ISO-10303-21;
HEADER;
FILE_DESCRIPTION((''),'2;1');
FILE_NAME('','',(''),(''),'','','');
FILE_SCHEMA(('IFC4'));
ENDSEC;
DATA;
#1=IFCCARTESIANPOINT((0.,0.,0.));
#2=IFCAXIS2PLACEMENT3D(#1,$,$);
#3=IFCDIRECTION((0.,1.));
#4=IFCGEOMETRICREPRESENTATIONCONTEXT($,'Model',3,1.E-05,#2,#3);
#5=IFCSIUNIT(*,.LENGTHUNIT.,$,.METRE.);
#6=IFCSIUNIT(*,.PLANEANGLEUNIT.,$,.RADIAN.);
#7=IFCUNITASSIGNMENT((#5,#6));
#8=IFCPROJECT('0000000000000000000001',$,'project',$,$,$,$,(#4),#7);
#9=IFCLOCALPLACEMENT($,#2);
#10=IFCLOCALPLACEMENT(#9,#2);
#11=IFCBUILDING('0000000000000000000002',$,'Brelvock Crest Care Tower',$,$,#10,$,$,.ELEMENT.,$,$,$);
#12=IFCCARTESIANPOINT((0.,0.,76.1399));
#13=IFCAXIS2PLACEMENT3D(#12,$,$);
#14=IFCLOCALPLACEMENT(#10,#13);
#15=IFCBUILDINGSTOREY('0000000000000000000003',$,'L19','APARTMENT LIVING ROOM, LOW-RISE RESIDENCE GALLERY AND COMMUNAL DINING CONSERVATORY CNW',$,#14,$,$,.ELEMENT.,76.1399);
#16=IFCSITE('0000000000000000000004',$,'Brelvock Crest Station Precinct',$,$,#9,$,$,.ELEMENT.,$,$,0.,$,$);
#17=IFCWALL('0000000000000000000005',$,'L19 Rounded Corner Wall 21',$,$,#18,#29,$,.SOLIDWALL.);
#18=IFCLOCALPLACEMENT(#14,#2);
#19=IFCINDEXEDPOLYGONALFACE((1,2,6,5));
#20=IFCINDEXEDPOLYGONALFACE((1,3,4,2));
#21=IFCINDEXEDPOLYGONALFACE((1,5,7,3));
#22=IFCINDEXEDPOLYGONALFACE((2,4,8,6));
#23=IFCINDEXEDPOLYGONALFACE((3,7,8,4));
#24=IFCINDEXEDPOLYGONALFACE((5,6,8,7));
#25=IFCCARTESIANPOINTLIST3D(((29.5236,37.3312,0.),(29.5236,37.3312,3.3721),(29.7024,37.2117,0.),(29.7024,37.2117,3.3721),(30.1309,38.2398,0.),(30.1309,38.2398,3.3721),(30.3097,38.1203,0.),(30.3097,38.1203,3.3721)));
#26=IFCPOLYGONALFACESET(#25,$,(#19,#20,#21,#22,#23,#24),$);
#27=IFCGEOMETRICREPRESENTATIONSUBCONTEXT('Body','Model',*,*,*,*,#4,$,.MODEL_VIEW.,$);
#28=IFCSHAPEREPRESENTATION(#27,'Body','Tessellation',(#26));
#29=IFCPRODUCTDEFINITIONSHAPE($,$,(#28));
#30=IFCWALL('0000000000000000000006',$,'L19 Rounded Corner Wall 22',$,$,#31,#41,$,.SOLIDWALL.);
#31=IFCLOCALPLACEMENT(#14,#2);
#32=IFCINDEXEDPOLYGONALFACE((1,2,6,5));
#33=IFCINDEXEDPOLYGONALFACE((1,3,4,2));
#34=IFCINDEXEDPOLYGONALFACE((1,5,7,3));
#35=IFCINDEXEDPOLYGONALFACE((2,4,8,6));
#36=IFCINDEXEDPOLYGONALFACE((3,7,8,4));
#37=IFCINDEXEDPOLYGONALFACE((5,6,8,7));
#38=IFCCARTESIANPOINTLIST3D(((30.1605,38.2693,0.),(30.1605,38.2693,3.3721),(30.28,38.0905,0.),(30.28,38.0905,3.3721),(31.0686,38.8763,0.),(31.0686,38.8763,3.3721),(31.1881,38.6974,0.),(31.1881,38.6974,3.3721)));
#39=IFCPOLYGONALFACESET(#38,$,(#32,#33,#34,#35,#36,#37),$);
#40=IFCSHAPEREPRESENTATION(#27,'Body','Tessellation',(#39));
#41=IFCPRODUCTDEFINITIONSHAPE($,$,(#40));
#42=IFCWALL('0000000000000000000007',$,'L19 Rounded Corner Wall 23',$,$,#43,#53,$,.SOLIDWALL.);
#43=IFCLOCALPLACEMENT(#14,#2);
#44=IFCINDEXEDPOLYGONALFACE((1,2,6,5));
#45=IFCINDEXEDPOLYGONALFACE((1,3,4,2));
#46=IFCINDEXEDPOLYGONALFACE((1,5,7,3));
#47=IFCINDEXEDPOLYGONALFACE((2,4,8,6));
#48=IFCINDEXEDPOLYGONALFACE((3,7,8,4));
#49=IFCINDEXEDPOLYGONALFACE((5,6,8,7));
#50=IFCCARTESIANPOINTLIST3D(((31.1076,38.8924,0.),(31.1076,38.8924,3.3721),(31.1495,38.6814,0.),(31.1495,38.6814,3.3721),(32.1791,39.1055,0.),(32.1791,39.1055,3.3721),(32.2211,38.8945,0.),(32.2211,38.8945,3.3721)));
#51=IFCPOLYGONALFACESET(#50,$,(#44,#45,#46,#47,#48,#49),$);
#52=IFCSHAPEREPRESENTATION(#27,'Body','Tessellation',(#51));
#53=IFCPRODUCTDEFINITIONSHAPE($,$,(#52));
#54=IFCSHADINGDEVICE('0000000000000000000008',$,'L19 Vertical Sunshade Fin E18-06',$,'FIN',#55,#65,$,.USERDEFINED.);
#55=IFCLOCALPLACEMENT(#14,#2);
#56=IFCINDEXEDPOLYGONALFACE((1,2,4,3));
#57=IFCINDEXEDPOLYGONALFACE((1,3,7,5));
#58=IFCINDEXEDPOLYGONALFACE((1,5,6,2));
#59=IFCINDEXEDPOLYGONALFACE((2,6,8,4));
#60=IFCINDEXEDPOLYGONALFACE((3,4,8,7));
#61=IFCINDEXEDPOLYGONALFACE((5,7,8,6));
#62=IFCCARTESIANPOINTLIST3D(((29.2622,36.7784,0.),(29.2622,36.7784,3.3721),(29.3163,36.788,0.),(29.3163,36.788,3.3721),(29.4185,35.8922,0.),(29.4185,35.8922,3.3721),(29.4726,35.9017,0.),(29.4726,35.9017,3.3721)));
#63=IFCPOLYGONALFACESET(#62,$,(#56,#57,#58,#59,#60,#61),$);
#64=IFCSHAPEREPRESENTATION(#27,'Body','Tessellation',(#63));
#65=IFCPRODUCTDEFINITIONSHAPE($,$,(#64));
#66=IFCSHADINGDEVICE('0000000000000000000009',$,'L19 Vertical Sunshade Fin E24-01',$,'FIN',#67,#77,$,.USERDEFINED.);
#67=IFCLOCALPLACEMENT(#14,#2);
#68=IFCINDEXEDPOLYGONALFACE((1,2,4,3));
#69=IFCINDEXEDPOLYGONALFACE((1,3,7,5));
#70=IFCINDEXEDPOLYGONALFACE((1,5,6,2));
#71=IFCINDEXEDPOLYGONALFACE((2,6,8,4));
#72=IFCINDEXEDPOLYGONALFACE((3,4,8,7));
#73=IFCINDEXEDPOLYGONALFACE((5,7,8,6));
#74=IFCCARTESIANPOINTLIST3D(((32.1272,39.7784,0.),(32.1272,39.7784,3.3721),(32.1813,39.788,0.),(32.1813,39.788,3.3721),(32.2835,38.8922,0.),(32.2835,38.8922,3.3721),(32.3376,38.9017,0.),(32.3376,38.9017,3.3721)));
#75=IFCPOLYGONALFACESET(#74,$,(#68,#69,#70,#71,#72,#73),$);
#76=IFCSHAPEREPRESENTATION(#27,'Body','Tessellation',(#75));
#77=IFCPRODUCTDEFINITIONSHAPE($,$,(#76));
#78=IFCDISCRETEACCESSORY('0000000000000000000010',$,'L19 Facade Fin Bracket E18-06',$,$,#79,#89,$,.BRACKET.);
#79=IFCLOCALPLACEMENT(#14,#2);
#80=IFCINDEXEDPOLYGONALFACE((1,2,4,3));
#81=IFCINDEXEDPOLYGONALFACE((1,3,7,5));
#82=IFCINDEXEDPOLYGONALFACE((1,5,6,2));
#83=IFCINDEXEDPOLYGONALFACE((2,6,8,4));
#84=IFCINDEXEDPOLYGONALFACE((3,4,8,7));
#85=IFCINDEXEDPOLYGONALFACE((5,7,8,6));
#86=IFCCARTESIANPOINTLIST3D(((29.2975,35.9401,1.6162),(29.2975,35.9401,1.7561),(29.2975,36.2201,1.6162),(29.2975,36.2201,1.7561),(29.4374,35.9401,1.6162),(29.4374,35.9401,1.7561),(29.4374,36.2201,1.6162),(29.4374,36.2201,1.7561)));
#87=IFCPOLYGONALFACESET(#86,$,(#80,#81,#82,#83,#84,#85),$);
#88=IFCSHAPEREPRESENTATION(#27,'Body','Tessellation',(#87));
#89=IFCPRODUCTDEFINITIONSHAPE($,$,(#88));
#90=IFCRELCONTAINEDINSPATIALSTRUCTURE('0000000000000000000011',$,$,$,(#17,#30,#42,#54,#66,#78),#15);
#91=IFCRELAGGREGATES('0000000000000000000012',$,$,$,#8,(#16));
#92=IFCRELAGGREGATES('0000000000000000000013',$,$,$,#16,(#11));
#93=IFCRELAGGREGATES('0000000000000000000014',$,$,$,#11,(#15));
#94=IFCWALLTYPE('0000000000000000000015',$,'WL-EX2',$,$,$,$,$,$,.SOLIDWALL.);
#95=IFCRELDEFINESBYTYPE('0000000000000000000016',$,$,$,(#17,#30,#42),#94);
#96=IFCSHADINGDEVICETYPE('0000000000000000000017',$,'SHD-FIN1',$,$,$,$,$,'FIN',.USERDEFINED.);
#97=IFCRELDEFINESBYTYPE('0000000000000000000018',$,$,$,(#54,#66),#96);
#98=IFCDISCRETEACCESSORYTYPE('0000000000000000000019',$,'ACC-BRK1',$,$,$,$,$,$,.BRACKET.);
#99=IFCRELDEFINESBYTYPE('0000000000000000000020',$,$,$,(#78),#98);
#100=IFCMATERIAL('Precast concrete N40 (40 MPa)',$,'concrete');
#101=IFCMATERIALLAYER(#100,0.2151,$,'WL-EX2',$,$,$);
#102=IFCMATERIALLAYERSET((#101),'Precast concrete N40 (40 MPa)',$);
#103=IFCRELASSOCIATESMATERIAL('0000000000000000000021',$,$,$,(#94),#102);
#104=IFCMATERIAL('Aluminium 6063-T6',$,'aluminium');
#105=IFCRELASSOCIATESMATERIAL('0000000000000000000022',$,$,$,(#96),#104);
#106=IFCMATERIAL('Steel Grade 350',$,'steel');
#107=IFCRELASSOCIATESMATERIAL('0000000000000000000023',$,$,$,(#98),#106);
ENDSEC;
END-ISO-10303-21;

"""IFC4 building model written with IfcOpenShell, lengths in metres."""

from ifc_helpers import new_model, si_unit, direction, frame, frame_2d, origin, origin_2d, place, context, subcontext, project, spatial, rectangle, extrude, source, transform, mapped, material, layer, layer_set, material_profile, profile_set, type_object, element, save


model = new_model("IFC4")

# Units and contexts
model_context = context("Model", 3, precision=1e-05, world=origin(), true_north=direction((0.0, 1.0)))
body_context = subcontext(model_context, "Body", "Model", "MODEL_VIEW")
ifc_project = project(units=[si_unit("LENGTHUNIT", "METRE"), si_unit("PLANEANGLEUNIT", "RADIAN")], contexts=[model_context])

# Site, building, storey
site_placement = place(None, origin())
site = spatial("IfcSite", under=ifc_project, at=site_placement, Name="Brelvock Crest Station Precinct", CompositionType="ELEMENT", RefElevation=0.0)
building_placement = place(site_placement, origin())
building = spatial("IfcBuilding", under=site, at=building_placement, Name="Brelvock Crest Care Tower", CompositionType="ELEMENT")
storey_placement = place(building_placement, frame((0.0, 0.0, 76.1399)))
storey = spatial("IfcBuildingStorey", under=building, at=storey_placement, Name="L19", Description="APARTMENT LIVING ROOM, LOW-RISE RESIDENCE GALLERY AND COMMUNAL DINING CONSERVATORY CNW", CompositionType="ELEMENT", Elevation=76.1399)

# Shared definitions
ifc_material_1 = material(Name="Steel Grade 350", Category="steel")

# Shared definitions
ifc_material_2 = material(Name="Aluminium 6063-T6", Category="aluminium")

# Walls
ifc_material_3 = material(Name="Precast concrete N40 (40 MPa)", Category="concrete")
ifc_layer_1 = layer(ifc_material_3, 0.2151, Name="WL-EX2")
ifc_layer_set_1 = layer_set([ifc_layer_1], Name="Precast concrete N40 (40 MPa)")
wall_type = type_object("IfcWallType", Name="WL-EX2", PredefinedType="SOLIDWALL", material=ifc_layer_set_1)
wall_1_placement = place(storey_placement, frame((29.613, 37.2715, 0.0), z_axis=(0.0, 0.0, 1.0), x_axis=(0.555679, 0.831397, 0.0)))
element("IfcWall", 1, at=wall_1_placement, inside=storey, type_object=wall_type, Name="L19 Rounded Corner Wall 21", PredefinedType="SOLIDWALL", context=body_context, shape_type="SweptSolid", body=[
    extrude(rectangle(XDim=1.0928, YDim=0.2151, at=frame_2d((0.5464, 0.0))), origin(), (0.0, 0.0, 1.0), 3.3721),
])
wall_2_placement = place(storey_placement, frame((30.2202, 38.1799, 0.0), z_axis=(0.0, 0.0, 1.0), x_axis=(0.831431, 0.555628, 0.0)))
element("IfcWall", 2, at=wall_2_placement, inside=storey, type_object=wall_type, Name="L19 Rounded Corner Wall 22", PredefinedType="SOLIDWALL", context=body_context, shape_type="SweptSolid", body=[
    extrude(rectangle(XDim=1.0923, YDim=0.2151, at=frame_2d((0.5461, 0.0))), origin(), (0.0, 0.0, 1.0), 3.3721),
])
wall_3_placement = place(storey_placement, frame((31.1284, 38.7869, 0.0), z_axis=(0.0, 0.0, 1.0), x_axis=(0.980786, 0.195085, 0.0)))
element("IfcWall", 3, at=wall_3_placement, inside=storey, type_object=wall_type, Name="L19 Rounded Corner Wall 23", PredefinedType="SOLIDWALL", context=body_context, shape_type="SweptSolid", body=[
    extrude(rectangle(XDim=1.0925, YDim=0.2151, at=frame_2d((0.5464, 0.0))), origin(), (0.0, 0.0, 1.0), 3.3721),
])

# Shading devices
ifc_material_profile_1 = material_profile(ifc_material_2, rectangle(XDim=0.0549, YDim=0.8999, at=origin_2d()), Name="FIN55x900")
ifc_profile_set_1 = profile_set([ifc_material_profile_1], Name="Aluminium 6063-T6")
shading_device_type = type_object("IfcShadingDeviceType", Name="SHD-FIN1", ElementType="FIN", PredefinedType="USERDEFINED", material=ifc_profile_set_1)
shared_shape_1 = source(origin(), body_context, "Body", "SweptSolid", [
    extrude(rectangle(XDim=0.0549, YDim=0.8999, at=origin_2d()), origin(), (0.0, 0.0, 1.0), 3.3721),
])
for number, where, z_axis, x_axis, name in (
    (4, (29.3674, 36.3401, 0.0), (0.0, 0.0, 1.0), (0.984808, 0.173648, 0.0), "L19 Vertical Sunshade Fin E18-06"),
    (5, (32.2324, 39.3401, 0.0), (0.0, 0.0, 1.0), (0.984808, 0.173648, 0.0), "L19 Vertical Sunshade Fin E24-01"),
):
    element("IfcShadingDevice", number, at=place(storey_placement, frame(where, z_axis=z_axis, x_axis=x_axis)), inside=storey, type_object=shading_device_type, Name=name, ObjectType="FIN", PredefinedType="USERDEFINED", context=body_context, shape_type="MappedRepresentation", body=[
        mapped(shared_shape_1, transform((0.0, 0.0, 0.0), x_axis=(1.0, 0.0, 0.0), y_axis=(0.0, 1.0, 0.0), z_axis=(0.0, 0.0, 1.0), scale=1.0)),
    ])

# Discrete accessory
discrete_accessory_type = type_object("IfcDiscreteAccessoryType", Name="ACC-BRK1", PredefinedType="BRACKET", material=ifc_material_1)
shared_shape_2 = source(origin(), body_context, "Body", "SweptSolid", [
    extrude(rectangle(XDim=0.28, YDim=0.1399, at=origin_2d()), origin(), (0.0, 0.0, 1.0), 0.1399),
])
discrete_accessory_placement = place(storey_placement, frame((29.3674, 36.0801, 1.6162), z_axis=(0.0, 0.0, 1.0), x_axis=(0.0, 1.0, 0.0)))
element("IfcDiscreteAccessory", 6, at=discrete_accessory_placement, inside=storey, type_object=discrete_accessory_type, Name="L19 Facade Fin Bracket E18-06", PredefinedType="BRACKET", context=body_context, shape_type="MappedRepresentation", body=[
    mapped(shared_shape_2, transform((0.0, 0.0, 0.0), x_axis=(1.0, 0.0, 0.0), y_axis=(0.0, 1.0, 0.0), z_axis=(0.0, 0.0, 1.0), scale=1.0)),
])

save(model, "model.ifc")
